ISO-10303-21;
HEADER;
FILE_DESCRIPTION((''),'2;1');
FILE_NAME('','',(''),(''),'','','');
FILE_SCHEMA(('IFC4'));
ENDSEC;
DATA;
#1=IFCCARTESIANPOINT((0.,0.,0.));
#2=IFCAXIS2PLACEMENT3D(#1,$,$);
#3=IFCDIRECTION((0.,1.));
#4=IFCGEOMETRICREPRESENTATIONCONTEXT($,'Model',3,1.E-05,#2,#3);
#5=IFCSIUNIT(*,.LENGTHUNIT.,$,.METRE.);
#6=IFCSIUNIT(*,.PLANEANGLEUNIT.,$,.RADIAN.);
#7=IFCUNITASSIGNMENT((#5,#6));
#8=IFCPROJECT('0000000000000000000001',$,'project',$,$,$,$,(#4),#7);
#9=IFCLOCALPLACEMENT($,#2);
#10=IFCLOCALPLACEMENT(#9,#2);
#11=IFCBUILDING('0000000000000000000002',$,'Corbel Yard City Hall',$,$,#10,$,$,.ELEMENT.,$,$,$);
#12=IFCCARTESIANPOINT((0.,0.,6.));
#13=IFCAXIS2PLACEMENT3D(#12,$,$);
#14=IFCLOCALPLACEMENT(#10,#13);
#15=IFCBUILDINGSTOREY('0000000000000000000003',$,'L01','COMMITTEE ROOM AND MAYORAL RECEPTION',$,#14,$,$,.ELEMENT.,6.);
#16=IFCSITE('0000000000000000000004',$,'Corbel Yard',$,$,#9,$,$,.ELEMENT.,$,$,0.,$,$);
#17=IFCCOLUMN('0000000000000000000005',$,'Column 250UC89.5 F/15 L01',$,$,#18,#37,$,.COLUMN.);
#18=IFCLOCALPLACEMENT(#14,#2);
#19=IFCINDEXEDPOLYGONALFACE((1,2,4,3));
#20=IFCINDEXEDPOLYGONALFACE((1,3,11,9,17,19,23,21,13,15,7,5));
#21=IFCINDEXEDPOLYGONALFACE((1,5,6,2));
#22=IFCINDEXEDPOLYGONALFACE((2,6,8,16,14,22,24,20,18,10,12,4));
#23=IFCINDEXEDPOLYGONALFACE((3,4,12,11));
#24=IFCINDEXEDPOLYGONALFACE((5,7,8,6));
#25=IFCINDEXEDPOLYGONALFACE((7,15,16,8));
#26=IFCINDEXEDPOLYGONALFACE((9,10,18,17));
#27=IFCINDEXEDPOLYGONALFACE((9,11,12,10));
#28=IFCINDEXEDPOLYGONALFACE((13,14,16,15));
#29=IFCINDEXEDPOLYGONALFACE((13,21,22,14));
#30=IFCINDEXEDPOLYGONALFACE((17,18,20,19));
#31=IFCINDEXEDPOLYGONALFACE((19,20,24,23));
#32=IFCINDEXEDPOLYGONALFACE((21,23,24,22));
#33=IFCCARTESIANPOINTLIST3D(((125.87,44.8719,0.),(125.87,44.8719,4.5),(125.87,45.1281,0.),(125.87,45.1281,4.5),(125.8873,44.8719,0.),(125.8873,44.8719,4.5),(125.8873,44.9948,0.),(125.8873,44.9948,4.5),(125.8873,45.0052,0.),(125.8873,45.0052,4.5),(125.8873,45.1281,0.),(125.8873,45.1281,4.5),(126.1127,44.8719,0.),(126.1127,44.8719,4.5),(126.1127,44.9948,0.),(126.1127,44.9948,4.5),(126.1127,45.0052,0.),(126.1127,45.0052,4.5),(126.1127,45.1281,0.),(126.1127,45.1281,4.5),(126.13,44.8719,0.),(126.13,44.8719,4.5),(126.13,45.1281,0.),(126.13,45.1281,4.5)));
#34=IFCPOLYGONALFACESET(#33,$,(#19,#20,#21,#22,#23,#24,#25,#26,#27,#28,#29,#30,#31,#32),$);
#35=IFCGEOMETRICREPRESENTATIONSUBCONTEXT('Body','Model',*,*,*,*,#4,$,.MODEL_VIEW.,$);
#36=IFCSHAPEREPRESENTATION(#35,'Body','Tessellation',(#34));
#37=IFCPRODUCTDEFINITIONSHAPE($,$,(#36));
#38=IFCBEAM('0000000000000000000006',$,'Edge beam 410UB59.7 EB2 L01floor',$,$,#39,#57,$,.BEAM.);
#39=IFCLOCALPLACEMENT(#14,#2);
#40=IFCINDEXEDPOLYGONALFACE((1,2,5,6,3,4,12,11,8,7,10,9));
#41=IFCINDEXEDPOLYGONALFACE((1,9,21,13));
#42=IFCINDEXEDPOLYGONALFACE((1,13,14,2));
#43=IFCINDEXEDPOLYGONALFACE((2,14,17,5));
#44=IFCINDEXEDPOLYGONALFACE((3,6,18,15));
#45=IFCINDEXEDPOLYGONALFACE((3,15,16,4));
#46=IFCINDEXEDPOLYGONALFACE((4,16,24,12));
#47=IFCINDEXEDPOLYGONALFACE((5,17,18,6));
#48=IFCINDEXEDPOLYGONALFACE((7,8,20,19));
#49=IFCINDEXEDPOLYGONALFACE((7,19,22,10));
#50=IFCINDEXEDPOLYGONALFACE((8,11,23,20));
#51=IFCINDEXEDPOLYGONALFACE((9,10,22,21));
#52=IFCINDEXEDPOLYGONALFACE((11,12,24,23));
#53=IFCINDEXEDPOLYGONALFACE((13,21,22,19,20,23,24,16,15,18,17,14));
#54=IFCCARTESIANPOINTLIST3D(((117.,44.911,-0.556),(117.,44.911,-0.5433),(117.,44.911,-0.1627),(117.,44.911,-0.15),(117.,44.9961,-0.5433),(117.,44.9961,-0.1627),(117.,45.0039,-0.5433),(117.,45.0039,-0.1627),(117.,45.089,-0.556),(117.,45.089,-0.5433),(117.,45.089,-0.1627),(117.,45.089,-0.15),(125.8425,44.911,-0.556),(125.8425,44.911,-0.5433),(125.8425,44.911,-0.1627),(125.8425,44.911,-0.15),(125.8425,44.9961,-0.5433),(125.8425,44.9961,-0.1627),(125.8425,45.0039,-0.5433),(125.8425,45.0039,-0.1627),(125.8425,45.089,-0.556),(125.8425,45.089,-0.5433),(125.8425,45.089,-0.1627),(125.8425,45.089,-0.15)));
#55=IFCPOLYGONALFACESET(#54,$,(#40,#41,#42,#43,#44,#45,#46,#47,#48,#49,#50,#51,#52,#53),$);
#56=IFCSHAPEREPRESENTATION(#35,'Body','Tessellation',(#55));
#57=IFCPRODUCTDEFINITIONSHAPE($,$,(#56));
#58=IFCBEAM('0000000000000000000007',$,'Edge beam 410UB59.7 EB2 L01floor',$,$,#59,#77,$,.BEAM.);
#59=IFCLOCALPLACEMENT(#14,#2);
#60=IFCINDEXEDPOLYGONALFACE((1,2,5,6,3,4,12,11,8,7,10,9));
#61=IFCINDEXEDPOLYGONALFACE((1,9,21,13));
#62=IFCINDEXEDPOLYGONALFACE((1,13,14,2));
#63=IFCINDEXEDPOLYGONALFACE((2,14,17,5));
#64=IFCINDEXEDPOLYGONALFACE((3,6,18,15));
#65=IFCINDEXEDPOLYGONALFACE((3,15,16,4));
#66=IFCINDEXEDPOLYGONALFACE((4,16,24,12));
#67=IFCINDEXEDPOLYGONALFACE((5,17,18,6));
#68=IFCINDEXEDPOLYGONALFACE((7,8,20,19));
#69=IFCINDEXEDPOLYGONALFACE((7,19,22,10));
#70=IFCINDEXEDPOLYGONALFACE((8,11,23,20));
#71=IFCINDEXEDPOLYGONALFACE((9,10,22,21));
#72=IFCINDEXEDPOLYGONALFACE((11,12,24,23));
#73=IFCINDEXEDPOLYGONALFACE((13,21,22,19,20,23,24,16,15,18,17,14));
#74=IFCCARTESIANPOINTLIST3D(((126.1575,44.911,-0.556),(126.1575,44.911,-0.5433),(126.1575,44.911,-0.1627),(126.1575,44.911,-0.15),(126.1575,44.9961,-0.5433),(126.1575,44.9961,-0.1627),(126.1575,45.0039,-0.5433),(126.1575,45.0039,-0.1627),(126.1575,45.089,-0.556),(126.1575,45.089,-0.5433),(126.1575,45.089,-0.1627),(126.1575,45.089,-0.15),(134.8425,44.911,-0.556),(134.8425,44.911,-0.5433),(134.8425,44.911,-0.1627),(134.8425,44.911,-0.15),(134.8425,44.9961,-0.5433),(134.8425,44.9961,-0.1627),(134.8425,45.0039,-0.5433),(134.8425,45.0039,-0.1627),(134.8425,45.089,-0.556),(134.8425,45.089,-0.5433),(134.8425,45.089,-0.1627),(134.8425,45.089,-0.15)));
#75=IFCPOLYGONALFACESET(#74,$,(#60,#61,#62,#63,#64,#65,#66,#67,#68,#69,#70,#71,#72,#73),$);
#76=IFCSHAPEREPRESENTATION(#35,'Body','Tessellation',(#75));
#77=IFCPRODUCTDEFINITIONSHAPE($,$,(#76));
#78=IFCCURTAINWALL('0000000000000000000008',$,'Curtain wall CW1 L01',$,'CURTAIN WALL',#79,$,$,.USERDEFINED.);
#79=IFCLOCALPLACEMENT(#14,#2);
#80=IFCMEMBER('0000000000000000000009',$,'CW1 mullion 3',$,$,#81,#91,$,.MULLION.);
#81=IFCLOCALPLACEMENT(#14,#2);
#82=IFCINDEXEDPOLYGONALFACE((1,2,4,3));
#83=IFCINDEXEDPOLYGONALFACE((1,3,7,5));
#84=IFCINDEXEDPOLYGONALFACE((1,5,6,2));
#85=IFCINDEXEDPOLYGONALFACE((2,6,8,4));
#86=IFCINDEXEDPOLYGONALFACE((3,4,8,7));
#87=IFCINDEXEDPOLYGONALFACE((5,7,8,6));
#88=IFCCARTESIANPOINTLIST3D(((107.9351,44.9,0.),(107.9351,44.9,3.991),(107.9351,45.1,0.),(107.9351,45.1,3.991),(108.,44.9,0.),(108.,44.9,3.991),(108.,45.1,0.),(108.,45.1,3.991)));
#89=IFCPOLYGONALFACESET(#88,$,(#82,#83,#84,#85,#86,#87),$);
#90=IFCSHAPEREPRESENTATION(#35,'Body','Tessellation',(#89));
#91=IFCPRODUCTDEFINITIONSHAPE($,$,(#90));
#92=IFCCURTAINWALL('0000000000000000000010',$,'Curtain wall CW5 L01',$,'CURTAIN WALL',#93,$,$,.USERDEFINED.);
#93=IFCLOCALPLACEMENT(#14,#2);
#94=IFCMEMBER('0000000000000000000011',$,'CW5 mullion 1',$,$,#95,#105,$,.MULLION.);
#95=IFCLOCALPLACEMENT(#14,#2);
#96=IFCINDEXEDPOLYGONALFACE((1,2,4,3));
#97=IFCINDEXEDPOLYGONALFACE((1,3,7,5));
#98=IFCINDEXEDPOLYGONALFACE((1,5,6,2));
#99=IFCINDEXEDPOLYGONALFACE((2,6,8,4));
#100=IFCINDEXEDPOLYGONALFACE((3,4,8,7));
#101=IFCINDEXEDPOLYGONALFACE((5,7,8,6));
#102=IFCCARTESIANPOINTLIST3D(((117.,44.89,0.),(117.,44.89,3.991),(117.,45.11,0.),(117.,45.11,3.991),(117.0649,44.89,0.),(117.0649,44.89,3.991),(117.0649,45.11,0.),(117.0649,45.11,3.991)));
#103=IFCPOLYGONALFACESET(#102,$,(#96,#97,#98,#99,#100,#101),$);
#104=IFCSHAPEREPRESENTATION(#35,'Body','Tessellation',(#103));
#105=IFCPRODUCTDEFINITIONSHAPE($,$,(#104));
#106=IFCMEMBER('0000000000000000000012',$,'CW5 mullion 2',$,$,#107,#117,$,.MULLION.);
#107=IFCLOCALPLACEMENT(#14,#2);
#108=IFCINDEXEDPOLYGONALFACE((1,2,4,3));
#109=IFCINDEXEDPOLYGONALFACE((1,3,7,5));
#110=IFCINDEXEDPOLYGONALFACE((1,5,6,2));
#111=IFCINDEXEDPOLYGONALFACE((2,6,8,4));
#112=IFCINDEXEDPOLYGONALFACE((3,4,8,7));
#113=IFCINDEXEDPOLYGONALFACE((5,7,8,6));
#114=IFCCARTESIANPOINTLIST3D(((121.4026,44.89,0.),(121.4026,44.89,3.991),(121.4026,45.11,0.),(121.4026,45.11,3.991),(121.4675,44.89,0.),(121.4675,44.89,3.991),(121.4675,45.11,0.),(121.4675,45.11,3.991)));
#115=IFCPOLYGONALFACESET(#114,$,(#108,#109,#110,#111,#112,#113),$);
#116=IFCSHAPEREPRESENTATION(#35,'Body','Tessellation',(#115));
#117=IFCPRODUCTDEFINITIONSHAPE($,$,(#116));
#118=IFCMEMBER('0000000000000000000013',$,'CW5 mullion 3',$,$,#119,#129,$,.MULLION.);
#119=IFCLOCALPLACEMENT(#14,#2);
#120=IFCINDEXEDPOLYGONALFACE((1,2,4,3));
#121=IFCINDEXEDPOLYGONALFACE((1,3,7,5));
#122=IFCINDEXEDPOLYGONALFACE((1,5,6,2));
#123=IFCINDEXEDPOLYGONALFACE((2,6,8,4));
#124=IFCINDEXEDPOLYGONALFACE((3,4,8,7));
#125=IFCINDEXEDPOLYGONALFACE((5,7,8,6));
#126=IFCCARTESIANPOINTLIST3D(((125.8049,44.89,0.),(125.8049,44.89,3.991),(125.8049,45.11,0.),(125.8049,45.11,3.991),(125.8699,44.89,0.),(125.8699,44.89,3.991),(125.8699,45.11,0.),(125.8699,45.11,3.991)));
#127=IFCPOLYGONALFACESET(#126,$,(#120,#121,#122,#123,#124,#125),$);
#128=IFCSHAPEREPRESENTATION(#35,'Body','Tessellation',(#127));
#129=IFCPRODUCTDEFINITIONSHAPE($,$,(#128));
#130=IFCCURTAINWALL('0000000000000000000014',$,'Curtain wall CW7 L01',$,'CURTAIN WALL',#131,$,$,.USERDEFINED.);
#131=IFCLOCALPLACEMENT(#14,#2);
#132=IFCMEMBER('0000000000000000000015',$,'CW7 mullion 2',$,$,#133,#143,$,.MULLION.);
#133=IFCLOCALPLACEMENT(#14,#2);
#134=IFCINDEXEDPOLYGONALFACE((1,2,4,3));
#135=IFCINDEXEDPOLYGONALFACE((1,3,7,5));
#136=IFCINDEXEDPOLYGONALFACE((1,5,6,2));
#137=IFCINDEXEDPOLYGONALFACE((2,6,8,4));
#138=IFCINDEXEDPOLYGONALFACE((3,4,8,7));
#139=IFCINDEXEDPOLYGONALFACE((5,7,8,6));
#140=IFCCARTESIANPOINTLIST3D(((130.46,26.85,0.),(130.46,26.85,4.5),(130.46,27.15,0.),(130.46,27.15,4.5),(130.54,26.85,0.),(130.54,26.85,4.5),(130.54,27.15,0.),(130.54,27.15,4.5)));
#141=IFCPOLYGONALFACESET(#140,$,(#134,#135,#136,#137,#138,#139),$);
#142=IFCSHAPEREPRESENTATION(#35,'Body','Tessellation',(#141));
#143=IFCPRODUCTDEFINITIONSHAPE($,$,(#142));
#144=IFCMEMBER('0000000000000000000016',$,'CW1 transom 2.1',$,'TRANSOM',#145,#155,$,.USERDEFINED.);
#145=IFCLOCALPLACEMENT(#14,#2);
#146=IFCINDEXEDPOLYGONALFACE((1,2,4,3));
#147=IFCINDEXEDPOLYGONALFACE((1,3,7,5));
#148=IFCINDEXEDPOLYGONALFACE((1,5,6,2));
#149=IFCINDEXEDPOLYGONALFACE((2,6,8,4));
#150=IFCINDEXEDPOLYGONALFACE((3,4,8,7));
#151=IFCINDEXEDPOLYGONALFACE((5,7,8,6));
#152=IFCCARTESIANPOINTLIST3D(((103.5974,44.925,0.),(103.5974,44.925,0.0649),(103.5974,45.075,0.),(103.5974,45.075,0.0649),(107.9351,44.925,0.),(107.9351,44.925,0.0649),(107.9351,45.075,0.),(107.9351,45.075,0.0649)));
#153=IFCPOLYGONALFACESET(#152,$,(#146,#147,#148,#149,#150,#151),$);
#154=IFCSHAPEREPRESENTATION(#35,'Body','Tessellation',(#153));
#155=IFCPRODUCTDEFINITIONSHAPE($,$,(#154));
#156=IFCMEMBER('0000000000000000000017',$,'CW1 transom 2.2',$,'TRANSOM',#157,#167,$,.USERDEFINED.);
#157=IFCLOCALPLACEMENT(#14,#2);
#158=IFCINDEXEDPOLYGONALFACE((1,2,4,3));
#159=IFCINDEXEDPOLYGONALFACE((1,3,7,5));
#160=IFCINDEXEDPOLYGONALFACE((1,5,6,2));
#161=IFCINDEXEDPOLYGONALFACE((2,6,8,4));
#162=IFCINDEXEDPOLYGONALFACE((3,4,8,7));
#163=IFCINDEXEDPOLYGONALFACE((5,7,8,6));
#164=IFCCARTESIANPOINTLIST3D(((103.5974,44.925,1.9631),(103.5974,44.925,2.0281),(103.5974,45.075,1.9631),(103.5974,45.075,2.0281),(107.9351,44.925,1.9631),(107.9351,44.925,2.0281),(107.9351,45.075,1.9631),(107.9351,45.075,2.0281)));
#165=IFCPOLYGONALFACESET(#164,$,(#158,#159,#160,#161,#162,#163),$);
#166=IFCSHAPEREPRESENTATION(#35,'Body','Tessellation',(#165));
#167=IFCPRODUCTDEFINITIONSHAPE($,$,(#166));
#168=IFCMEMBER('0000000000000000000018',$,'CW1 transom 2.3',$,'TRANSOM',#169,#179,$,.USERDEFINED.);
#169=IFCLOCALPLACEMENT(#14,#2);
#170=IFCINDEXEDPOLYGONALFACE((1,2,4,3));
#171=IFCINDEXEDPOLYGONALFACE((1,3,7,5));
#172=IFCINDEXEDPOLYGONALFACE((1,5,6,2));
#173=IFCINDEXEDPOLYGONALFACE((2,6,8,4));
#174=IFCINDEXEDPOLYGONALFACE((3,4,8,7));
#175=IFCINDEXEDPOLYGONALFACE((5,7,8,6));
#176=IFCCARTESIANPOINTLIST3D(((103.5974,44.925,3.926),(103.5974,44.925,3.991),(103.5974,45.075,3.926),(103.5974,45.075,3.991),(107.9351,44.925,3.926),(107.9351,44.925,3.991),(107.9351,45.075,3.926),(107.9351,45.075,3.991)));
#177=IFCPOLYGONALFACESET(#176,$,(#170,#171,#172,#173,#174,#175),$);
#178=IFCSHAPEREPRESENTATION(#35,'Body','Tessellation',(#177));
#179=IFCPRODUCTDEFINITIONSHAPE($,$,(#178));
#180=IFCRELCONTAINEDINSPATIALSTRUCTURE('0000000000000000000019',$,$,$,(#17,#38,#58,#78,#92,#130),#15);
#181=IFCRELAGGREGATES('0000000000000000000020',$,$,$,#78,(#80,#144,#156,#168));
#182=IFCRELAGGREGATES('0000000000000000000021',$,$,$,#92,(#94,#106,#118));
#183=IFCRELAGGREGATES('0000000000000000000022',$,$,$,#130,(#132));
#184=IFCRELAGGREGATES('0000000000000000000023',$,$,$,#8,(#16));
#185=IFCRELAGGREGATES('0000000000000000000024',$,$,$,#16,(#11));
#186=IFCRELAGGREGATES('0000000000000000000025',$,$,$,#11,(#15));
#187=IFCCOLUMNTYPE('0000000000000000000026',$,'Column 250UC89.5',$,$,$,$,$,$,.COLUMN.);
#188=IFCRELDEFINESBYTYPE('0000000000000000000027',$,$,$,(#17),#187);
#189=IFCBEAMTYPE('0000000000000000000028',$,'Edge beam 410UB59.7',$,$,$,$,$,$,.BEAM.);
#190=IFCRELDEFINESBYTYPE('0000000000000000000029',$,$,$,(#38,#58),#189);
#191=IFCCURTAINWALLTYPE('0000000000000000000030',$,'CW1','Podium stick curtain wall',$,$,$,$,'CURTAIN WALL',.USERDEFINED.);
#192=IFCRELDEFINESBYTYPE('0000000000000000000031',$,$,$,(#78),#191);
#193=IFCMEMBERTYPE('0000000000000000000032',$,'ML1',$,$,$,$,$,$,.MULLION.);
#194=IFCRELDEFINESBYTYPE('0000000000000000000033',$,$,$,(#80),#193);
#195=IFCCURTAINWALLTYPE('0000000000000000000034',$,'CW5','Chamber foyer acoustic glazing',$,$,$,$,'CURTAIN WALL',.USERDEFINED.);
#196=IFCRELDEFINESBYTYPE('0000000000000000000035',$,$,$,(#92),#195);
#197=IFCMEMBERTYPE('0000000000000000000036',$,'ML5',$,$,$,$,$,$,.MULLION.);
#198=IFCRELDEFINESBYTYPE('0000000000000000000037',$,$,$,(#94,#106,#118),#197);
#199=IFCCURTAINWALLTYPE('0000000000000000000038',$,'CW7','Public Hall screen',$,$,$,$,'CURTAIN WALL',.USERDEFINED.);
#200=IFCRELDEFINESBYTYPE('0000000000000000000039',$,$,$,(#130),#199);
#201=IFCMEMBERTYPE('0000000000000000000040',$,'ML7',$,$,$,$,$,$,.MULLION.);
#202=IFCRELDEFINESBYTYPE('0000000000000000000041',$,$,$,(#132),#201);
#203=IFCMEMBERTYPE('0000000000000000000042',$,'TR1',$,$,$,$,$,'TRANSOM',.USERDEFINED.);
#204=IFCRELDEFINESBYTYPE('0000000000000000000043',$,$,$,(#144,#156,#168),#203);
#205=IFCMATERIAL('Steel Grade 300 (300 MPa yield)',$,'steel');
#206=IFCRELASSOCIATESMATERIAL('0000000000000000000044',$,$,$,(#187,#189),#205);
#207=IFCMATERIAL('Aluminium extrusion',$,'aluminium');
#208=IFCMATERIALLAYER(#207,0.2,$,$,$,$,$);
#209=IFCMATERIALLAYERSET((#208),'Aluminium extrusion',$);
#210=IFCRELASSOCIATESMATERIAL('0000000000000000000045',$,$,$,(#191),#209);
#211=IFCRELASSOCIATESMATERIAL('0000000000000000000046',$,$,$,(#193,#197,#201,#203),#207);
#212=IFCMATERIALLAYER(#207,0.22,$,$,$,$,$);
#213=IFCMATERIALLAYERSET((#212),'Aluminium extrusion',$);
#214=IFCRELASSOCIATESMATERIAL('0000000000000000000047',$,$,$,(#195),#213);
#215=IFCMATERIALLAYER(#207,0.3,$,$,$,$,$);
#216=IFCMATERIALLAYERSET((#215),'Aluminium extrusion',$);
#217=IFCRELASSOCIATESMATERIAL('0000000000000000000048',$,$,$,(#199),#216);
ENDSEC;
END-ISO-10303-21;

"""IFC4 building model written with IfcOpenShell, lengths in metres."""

from ifc_helpers import new_model, si_unit, direction, frame, origin, origin_2d, place, context, subcontext, project, spatial, rectangle, i_section, extrude, material, layer, layer_set, material_profile, profile_set, type_object, element, aggregate, save


model = new_model("IFC4")

# Units and contexts
model_context = context("Model", 3, precision=1e-05, world=origin(), true_north=direction((0.0, 1.0)))
body_context = subcontext(model_context, "Body", "Model", "MODEL_VIEW")
ifc_project = project(units=[si_unit("LENGTHUNIT", "METRE"), si_unit("PLANEANGLEUNIT", "RADIAN")], contexts=[model_context])

# Site, building, storey
site_placement = place(None, origin())
site = spatial("IfcSite", under=ifc_project, at=site_placement, Name="Corbel Yard", CompositionType="ELEMENT", RefElevation=0.0)
building_placement = place(site_placement, origin())
building = spatial("IfcBuilding", under=site, at=building_placement, Name="Corbel Yard City Hall", CompositionType="ELEMENT")
storey_placement = place(building_placement, frame((0.0, 0.0, 6.0)))
storey = spatial("IfcBuildingStorey", under=building, at=storey_placement, Name="L01", Description="COMMITTEE ROOM AND MAYORAL RECEPTION", CompositionType="ELEMENT", Elevation=6.0)

# Column
ifc_material_1 = material(Name="Steel Grade 300 (300 MPa yield)", Category="steel")
ifc_material_profile_1 = material_profile(ifc_material_1, i_section(OverallWidth=0.2561, OverallDepth=0.26, WebThickness=0.0105, FlangeThickness=0.0173, at=origin_2d()), Name="250UC89.5")
ifc_profile_set_1 = profile_set([ifc_material_profile_1], Name="Steel Grade 300 (300 MPa yield)")
column_type = type_object("IfcColumnType", Name="Column 250UC89.5", PredefinedType="COLUMN", material=ifc_profile_set_1)
column_placement = place(storey_placement, frame((126.0, 45.0, 0.0), z_axis=(0.0, 0.0, 1.0), x_axis=(0.0, 1.0, 0.0)))
element("IfcColumn", 1, at=column_placement, inside=storey, type_object=column_type, Name="Column 250UC89.5 F/15 L01", PredefinedType="COLUMN", context=body_context, shape_type="SweptSolid", body=[
    extrude(i_section(OverallWidth=0.2561, OverallDepth=0.26, WebThickness=0.0105, FlangeThickness=0.0173, at=origin_2d()), origin(), (0.0, 0.0, 1.0), 4.5),
])

# Beams
ifc_material_profile_2 = material_profile(ifc_material_1, i_section(OverallWidth=0.178, OverallDepth=0.406, WebThickness=0.0078, FlangeThickness=0.0127, at=origin_2d()), Name="410UB59.7")
ifc_profile_set_2 = profile_set([ifc_material_profile_2], Name="Steel Grade 300 (300 MPa yield)")
beam_type = type_object("IfcBeamType", Name="Edge beam 410UB59.7", PredefinedType="BEAM", material=ifc_profile_set_2)
beam_1_placement = place(storey_placement, frame((117.0, 45.0, -0.353), z_axis=(1.0, 0.0, 0.0), x_axis=(0.0, 1.0, 0.0)))
element("IfcBeam", 2, at=beam_1_placement, inside=storey, type_object=beam_type, Name="Edge beam 410UB59.7 EB2 L01floor", PredefinedType="BEAM", context=body_context, shape_type="SweptSolid", body=[
    extrude(i_section(OverallWidth=0.178, OverallDepth=0.406, WebThickness=0.0078, FlangeThickness=0.0127, at=origin_2d()), origin(), (0.0, 0.0, 1.0), 8.8425),
])
beam_2_placement = place(storey_placement, frame((126.1575, 45.0, -0.353), z_axis=(1.0, 0.0, 0.0), x_axis=(0.0, 1.0, 0.0)))
element("IfcBeam", 3, at=beam_2_placement, inside=storey, type_object=beam_type, Name="Edge beam 410UB59.7 EB2 L01floor", PredefinedType="BEAM", context=body_context, shape_type="SweptSolid", body=[
    extrude(i_section(OverallWidth=0.178, OverallDepth=0.406, WebThickness=0.0078, FlangeThickness=0.0127, at=origin_2d()), origin(), (0.0, 0.0, 1.0), 8.6851),
])

# Curtain wall, member
ifc_material_2 = material(Name="Aluminium extrusion", Category="aluminium")
ifc_layer_1 = layer(ifc_material_2, 0.2)
ifc_layer_set_1 = layer_set([ifc_layer_1], Name="Aluminium extrusion")
curtain_wall_type_1 = type_object("IfcCurtainWallType", Name="CW1", Description="Podium stick curtain wall", ElementType="CURTAIN WALL", PredefinedType="USERDEFINED", material=ifc_layer_set_1)
curtain_wall_1_placement = place(storey_placement, origin())
curtain_wall_1 = element("IfcCurtainWall", 4, at=curtain_wall_1_placement, inside=storey, type_object=curtain_wall_type_1, Name="Curtain wall CW1 L01", ObjectType="CURTAIN WALL", PredefinedType="USERDEFINED")
ifc_material_profile_3 = material_profile(ifc_material_2, rectangle(XDim=0.2, YDim=0.0649, at=origin_2d()), Name="200x65")
ifc_profile_set_3 = profile_set([ifc_material_profile_3], Name="Aluminium extrusion")
member_type_1 = type_object("IfcMemberType", Name="ML1", PredefinedType="MULLION", material=ifc_profile_set_3)
member_1_placement = place(storey_placement, frame((107.9675, 45.0, 0.0), z_axis=(0.0, 0.0, 1.0), x_axis=(0.0, 1.0, 0.0)))
member_1 = element("IfcMember", 5, at=member_1_placement, type_object=member_type_1, Name="CW1 mullion 3", PredefinedType="MULLION", context=body_context, shape_type="SweptSolid", body=[
    extrude(rectangle(XDim=0.2, YDim=0.0649, at=origin_2d()), origin(), (0.0, 0.0, 1.0), 3.991),
])

# Curtain wall, members
ifc_layer_2 = layer(ifc_material_2, 0.22)
ifc_layer_set_2 = layer_set([ifc_layer_2], Name="Aluminium extrusion")
curtain_wall_type_2 = type_object("IfcCurtainWallType", Name="CW5", Description="Chamber foyer acoustic glazing", ElementType="CURTAIN WALL", PredefinedType="USERDEFINED", material=ifc_layer_set_2)
curtain_wall_2_placement = place(storey_placement, origin())
curtain_wall_2 = element("IfcCurtainWall", 6, at=curtain_wall_2_placement, inside=storey, type_object=curtain_wall_type_2, Name="Curtain wall CW5 L01", ObjectType="CURTAIN WALL", PredefinedType="USERDEFINED")
ifc_material_profile_4 = material_profile(ifc_material_2, rectangle(XDim=0.22, YDim=0.0649, at=origin_2d()), Name="220x65")
ifc_profile_set_4 = profile_set([ifc_material_profile_4], Name="Aluminium extrusion")
member_type_2 = type_object("IfcMemberType", Name="ML5", PredefinedType="MULLION", material=ifc_profile_set_4)
member_2_placement = place(storey_placement, frame((117.0325, 45.0, 0.0), z_axis=(0.0, 0.0, 1.0), x_axis=(0.0, 1.0, 0.0)))
member_2 = element("IfcMember", 7, at=member_2_placement, type_object=member_type_2, Name="CW5 mullion 1", PredefinedType="MULLION", context=body_context, shape_type="SweptSolid", body=[
    extrude(rectangle(XDim=0.22, YDim=0.0649, at=origin_2d()), origin(), (0.0, 0.0, 1.0), 3.991),
])
member_3_placement = place(storey_placement, frame((121.4351, 45.0, 0.0), z_axis=(0.0, 0.0, 1.0), x_axis=(0.0, 1.0, 0.0)))
member_3 = element("IfcMember", 8, at=member_3_placement, type_object=member_type_2, Name="CW5 mullion 2", PredefinedType="MULLION", context=body_context, shape_type="SweptSolid", body=[
    extrude(rectangle(XDim=0.22, YDim=0.0649, at=origin_2d()), origin(), (0.0, 0.0, 1.0), 3.991),
])
member_4_placement = place(storey_placement, frame((125.8374, 45.0, 0.0), z_axis=(0.0, 0.0, 1.0), x_axis=(0.0, 1.0, 0.0)))
member_4 = element("IfcMember", 9, at=member_4_placement, type_object=member_type_2, Name="CW5 mullion 3", PredefinedType="MULLION", context=body_context, shape_type="SweptSolid", body=[
    extrude(rectangle(XDim=0.22, YDim=0.0649, at=origin_2d()), origin(), (0.0, 0.0, 1.0), 3.991),
])

# Curtain wall, member
ifc_layer_3 = layer(ifc_material_2, 0.3)
ifc_layer_set_3 = layer_set([ifc_layer_3], Name="Aluminium extrusion")
curtain_wall_type_3 = type_object("IfcCurtainWallType", Name="CW7", Description="Public Hall screen", ElementType="CURTAIN WALL", PredefinedType="USERDEFINED", material=ifc_layer_set_3)
curtain_wall_3_placement = place(storey_placement, origin())
curtain_wall_3 = element("IfcCurtainWall", 10, at=curtain_wall_3_placement, inside=storey, type_object=curtain_wall_type_3, Name="Curtain wall CW7 L01", ObjectType="CURTAIN WALL", PredefinedType="USERDEFINED")
ifc_material_profile_5 = material_profile(ifc_material_2, rectangle(XDim=0.3, YDim=0.0801, at=origin_2d()), Name="300x80")
ifc_profile_set_5 = profile_set([ifc_material_profile_5], Name="Aluminium extrusion")
member_type_3 = type_object("IfcMemberType", Name="ML7", PredefinedType="MULLION", material=ifc_profile_set_5)
member_5_placement = place(storey_placement, frame((130.5, 27.0, 0.0), z_axis=(0.0, 0.0, 1.0), x_axis=(0.0, 1.0, 0.0)))
member_5 = element("IfcMember", 11, at=member_5_placement, type_object=member_type_3, Name="CW7 mullion 2", PredefinedType="MULLION", context=body_context, shape_type="SweptSolid", body=[
    extrude(rectangle(XDim=0.3, YDim=0.0801, at=origin_2d()), origin(), (0.0, 0.0, 1.0), 4.5),
])

# Members
ifc_material_profile_6 = material_profile(ifc_material_2, rectangle(XDim=0.1499, YDim=0.0649, at=origin_2d()), Name="150x65")
ifc_profile_set_6 = profile_set([ifc_material_profile_6], Name="Aluminium extrusion")
member_type_4 = type_object("IfcMemberType", Name="TR1", ElementType="TRANSOM", PredefinedType="USERDEFINED", material=ifc_profile_set_6)
member_6_placement = place(storey_placement, frame((103.5974, 45.0, 0.0325), z_axis=(1.0, 0.0, 0.0), x_axis=(0.0, 1.0, 0.0)))
member_6 = element("IfcMember", 12, at=member_6_placement, type_object=member_type_4, Name="CW1 transom 2.1", ObjectType="TRANSOM", PredefinedType="USERDEFINED", context=body_context, shape_type="SweptSolid", body=[
    extrude(rectangle(XDim=0.1499, YDim=0.0649, at=origin_2d()), origin(), (0.0, 0.0, 1.0), 4.3376),
])
member_7_placement = place(storey_placement, frame((103.5974, 45.0, 1.9956), z_axis=(1.0, 0.0, 0.0), x_axis=(0.0, 1.0, 0.0)))
member_7 = element("IfcMember", 13, at=member_7_placement, type_object=member_type_4, Name="CW1 transom 2.2", ObjectType="TRANSOM", PredefinedType="USERDEFINED", context=body_context, shape_type="SweptSolid", body=[
    extrude(rectangle(XDim=0.1499, YDim=0.0649, at=origin_2d()), origin(), (0.0, 0.0, 1.0), 4.3376),
])
member_8_placement = place(storey_placement, frame((103.5974, 45.0, 3.9585), z_axis=(1.0, 0.0, 0.0), x_axis=(0.0, 1.0, 0.0)))
member_8 = element("IfcMember", 14, at=member_8_placement, type_object=member_type_4, Name="CW1 transom 2.3", ObjectType="TRANSOM", PredefinedType="USERDEFINED", context=body_context, shape_type="SweptSolid", body=[
    extrude(rectangle(XDim=0.1499, YDim=0.0649, at=origin_2d()), origin(), (0.0, 0.0, 1.0), 4.3376),
])

aggregate(curtain_wall_1, [member_1, member_6, member_7, member_8])
aggregate(curtain_wall_2, [member_2, member_3, member_4])
aggregate(curtain_wall_3, [member_5])

save(model, "model.ifc")
